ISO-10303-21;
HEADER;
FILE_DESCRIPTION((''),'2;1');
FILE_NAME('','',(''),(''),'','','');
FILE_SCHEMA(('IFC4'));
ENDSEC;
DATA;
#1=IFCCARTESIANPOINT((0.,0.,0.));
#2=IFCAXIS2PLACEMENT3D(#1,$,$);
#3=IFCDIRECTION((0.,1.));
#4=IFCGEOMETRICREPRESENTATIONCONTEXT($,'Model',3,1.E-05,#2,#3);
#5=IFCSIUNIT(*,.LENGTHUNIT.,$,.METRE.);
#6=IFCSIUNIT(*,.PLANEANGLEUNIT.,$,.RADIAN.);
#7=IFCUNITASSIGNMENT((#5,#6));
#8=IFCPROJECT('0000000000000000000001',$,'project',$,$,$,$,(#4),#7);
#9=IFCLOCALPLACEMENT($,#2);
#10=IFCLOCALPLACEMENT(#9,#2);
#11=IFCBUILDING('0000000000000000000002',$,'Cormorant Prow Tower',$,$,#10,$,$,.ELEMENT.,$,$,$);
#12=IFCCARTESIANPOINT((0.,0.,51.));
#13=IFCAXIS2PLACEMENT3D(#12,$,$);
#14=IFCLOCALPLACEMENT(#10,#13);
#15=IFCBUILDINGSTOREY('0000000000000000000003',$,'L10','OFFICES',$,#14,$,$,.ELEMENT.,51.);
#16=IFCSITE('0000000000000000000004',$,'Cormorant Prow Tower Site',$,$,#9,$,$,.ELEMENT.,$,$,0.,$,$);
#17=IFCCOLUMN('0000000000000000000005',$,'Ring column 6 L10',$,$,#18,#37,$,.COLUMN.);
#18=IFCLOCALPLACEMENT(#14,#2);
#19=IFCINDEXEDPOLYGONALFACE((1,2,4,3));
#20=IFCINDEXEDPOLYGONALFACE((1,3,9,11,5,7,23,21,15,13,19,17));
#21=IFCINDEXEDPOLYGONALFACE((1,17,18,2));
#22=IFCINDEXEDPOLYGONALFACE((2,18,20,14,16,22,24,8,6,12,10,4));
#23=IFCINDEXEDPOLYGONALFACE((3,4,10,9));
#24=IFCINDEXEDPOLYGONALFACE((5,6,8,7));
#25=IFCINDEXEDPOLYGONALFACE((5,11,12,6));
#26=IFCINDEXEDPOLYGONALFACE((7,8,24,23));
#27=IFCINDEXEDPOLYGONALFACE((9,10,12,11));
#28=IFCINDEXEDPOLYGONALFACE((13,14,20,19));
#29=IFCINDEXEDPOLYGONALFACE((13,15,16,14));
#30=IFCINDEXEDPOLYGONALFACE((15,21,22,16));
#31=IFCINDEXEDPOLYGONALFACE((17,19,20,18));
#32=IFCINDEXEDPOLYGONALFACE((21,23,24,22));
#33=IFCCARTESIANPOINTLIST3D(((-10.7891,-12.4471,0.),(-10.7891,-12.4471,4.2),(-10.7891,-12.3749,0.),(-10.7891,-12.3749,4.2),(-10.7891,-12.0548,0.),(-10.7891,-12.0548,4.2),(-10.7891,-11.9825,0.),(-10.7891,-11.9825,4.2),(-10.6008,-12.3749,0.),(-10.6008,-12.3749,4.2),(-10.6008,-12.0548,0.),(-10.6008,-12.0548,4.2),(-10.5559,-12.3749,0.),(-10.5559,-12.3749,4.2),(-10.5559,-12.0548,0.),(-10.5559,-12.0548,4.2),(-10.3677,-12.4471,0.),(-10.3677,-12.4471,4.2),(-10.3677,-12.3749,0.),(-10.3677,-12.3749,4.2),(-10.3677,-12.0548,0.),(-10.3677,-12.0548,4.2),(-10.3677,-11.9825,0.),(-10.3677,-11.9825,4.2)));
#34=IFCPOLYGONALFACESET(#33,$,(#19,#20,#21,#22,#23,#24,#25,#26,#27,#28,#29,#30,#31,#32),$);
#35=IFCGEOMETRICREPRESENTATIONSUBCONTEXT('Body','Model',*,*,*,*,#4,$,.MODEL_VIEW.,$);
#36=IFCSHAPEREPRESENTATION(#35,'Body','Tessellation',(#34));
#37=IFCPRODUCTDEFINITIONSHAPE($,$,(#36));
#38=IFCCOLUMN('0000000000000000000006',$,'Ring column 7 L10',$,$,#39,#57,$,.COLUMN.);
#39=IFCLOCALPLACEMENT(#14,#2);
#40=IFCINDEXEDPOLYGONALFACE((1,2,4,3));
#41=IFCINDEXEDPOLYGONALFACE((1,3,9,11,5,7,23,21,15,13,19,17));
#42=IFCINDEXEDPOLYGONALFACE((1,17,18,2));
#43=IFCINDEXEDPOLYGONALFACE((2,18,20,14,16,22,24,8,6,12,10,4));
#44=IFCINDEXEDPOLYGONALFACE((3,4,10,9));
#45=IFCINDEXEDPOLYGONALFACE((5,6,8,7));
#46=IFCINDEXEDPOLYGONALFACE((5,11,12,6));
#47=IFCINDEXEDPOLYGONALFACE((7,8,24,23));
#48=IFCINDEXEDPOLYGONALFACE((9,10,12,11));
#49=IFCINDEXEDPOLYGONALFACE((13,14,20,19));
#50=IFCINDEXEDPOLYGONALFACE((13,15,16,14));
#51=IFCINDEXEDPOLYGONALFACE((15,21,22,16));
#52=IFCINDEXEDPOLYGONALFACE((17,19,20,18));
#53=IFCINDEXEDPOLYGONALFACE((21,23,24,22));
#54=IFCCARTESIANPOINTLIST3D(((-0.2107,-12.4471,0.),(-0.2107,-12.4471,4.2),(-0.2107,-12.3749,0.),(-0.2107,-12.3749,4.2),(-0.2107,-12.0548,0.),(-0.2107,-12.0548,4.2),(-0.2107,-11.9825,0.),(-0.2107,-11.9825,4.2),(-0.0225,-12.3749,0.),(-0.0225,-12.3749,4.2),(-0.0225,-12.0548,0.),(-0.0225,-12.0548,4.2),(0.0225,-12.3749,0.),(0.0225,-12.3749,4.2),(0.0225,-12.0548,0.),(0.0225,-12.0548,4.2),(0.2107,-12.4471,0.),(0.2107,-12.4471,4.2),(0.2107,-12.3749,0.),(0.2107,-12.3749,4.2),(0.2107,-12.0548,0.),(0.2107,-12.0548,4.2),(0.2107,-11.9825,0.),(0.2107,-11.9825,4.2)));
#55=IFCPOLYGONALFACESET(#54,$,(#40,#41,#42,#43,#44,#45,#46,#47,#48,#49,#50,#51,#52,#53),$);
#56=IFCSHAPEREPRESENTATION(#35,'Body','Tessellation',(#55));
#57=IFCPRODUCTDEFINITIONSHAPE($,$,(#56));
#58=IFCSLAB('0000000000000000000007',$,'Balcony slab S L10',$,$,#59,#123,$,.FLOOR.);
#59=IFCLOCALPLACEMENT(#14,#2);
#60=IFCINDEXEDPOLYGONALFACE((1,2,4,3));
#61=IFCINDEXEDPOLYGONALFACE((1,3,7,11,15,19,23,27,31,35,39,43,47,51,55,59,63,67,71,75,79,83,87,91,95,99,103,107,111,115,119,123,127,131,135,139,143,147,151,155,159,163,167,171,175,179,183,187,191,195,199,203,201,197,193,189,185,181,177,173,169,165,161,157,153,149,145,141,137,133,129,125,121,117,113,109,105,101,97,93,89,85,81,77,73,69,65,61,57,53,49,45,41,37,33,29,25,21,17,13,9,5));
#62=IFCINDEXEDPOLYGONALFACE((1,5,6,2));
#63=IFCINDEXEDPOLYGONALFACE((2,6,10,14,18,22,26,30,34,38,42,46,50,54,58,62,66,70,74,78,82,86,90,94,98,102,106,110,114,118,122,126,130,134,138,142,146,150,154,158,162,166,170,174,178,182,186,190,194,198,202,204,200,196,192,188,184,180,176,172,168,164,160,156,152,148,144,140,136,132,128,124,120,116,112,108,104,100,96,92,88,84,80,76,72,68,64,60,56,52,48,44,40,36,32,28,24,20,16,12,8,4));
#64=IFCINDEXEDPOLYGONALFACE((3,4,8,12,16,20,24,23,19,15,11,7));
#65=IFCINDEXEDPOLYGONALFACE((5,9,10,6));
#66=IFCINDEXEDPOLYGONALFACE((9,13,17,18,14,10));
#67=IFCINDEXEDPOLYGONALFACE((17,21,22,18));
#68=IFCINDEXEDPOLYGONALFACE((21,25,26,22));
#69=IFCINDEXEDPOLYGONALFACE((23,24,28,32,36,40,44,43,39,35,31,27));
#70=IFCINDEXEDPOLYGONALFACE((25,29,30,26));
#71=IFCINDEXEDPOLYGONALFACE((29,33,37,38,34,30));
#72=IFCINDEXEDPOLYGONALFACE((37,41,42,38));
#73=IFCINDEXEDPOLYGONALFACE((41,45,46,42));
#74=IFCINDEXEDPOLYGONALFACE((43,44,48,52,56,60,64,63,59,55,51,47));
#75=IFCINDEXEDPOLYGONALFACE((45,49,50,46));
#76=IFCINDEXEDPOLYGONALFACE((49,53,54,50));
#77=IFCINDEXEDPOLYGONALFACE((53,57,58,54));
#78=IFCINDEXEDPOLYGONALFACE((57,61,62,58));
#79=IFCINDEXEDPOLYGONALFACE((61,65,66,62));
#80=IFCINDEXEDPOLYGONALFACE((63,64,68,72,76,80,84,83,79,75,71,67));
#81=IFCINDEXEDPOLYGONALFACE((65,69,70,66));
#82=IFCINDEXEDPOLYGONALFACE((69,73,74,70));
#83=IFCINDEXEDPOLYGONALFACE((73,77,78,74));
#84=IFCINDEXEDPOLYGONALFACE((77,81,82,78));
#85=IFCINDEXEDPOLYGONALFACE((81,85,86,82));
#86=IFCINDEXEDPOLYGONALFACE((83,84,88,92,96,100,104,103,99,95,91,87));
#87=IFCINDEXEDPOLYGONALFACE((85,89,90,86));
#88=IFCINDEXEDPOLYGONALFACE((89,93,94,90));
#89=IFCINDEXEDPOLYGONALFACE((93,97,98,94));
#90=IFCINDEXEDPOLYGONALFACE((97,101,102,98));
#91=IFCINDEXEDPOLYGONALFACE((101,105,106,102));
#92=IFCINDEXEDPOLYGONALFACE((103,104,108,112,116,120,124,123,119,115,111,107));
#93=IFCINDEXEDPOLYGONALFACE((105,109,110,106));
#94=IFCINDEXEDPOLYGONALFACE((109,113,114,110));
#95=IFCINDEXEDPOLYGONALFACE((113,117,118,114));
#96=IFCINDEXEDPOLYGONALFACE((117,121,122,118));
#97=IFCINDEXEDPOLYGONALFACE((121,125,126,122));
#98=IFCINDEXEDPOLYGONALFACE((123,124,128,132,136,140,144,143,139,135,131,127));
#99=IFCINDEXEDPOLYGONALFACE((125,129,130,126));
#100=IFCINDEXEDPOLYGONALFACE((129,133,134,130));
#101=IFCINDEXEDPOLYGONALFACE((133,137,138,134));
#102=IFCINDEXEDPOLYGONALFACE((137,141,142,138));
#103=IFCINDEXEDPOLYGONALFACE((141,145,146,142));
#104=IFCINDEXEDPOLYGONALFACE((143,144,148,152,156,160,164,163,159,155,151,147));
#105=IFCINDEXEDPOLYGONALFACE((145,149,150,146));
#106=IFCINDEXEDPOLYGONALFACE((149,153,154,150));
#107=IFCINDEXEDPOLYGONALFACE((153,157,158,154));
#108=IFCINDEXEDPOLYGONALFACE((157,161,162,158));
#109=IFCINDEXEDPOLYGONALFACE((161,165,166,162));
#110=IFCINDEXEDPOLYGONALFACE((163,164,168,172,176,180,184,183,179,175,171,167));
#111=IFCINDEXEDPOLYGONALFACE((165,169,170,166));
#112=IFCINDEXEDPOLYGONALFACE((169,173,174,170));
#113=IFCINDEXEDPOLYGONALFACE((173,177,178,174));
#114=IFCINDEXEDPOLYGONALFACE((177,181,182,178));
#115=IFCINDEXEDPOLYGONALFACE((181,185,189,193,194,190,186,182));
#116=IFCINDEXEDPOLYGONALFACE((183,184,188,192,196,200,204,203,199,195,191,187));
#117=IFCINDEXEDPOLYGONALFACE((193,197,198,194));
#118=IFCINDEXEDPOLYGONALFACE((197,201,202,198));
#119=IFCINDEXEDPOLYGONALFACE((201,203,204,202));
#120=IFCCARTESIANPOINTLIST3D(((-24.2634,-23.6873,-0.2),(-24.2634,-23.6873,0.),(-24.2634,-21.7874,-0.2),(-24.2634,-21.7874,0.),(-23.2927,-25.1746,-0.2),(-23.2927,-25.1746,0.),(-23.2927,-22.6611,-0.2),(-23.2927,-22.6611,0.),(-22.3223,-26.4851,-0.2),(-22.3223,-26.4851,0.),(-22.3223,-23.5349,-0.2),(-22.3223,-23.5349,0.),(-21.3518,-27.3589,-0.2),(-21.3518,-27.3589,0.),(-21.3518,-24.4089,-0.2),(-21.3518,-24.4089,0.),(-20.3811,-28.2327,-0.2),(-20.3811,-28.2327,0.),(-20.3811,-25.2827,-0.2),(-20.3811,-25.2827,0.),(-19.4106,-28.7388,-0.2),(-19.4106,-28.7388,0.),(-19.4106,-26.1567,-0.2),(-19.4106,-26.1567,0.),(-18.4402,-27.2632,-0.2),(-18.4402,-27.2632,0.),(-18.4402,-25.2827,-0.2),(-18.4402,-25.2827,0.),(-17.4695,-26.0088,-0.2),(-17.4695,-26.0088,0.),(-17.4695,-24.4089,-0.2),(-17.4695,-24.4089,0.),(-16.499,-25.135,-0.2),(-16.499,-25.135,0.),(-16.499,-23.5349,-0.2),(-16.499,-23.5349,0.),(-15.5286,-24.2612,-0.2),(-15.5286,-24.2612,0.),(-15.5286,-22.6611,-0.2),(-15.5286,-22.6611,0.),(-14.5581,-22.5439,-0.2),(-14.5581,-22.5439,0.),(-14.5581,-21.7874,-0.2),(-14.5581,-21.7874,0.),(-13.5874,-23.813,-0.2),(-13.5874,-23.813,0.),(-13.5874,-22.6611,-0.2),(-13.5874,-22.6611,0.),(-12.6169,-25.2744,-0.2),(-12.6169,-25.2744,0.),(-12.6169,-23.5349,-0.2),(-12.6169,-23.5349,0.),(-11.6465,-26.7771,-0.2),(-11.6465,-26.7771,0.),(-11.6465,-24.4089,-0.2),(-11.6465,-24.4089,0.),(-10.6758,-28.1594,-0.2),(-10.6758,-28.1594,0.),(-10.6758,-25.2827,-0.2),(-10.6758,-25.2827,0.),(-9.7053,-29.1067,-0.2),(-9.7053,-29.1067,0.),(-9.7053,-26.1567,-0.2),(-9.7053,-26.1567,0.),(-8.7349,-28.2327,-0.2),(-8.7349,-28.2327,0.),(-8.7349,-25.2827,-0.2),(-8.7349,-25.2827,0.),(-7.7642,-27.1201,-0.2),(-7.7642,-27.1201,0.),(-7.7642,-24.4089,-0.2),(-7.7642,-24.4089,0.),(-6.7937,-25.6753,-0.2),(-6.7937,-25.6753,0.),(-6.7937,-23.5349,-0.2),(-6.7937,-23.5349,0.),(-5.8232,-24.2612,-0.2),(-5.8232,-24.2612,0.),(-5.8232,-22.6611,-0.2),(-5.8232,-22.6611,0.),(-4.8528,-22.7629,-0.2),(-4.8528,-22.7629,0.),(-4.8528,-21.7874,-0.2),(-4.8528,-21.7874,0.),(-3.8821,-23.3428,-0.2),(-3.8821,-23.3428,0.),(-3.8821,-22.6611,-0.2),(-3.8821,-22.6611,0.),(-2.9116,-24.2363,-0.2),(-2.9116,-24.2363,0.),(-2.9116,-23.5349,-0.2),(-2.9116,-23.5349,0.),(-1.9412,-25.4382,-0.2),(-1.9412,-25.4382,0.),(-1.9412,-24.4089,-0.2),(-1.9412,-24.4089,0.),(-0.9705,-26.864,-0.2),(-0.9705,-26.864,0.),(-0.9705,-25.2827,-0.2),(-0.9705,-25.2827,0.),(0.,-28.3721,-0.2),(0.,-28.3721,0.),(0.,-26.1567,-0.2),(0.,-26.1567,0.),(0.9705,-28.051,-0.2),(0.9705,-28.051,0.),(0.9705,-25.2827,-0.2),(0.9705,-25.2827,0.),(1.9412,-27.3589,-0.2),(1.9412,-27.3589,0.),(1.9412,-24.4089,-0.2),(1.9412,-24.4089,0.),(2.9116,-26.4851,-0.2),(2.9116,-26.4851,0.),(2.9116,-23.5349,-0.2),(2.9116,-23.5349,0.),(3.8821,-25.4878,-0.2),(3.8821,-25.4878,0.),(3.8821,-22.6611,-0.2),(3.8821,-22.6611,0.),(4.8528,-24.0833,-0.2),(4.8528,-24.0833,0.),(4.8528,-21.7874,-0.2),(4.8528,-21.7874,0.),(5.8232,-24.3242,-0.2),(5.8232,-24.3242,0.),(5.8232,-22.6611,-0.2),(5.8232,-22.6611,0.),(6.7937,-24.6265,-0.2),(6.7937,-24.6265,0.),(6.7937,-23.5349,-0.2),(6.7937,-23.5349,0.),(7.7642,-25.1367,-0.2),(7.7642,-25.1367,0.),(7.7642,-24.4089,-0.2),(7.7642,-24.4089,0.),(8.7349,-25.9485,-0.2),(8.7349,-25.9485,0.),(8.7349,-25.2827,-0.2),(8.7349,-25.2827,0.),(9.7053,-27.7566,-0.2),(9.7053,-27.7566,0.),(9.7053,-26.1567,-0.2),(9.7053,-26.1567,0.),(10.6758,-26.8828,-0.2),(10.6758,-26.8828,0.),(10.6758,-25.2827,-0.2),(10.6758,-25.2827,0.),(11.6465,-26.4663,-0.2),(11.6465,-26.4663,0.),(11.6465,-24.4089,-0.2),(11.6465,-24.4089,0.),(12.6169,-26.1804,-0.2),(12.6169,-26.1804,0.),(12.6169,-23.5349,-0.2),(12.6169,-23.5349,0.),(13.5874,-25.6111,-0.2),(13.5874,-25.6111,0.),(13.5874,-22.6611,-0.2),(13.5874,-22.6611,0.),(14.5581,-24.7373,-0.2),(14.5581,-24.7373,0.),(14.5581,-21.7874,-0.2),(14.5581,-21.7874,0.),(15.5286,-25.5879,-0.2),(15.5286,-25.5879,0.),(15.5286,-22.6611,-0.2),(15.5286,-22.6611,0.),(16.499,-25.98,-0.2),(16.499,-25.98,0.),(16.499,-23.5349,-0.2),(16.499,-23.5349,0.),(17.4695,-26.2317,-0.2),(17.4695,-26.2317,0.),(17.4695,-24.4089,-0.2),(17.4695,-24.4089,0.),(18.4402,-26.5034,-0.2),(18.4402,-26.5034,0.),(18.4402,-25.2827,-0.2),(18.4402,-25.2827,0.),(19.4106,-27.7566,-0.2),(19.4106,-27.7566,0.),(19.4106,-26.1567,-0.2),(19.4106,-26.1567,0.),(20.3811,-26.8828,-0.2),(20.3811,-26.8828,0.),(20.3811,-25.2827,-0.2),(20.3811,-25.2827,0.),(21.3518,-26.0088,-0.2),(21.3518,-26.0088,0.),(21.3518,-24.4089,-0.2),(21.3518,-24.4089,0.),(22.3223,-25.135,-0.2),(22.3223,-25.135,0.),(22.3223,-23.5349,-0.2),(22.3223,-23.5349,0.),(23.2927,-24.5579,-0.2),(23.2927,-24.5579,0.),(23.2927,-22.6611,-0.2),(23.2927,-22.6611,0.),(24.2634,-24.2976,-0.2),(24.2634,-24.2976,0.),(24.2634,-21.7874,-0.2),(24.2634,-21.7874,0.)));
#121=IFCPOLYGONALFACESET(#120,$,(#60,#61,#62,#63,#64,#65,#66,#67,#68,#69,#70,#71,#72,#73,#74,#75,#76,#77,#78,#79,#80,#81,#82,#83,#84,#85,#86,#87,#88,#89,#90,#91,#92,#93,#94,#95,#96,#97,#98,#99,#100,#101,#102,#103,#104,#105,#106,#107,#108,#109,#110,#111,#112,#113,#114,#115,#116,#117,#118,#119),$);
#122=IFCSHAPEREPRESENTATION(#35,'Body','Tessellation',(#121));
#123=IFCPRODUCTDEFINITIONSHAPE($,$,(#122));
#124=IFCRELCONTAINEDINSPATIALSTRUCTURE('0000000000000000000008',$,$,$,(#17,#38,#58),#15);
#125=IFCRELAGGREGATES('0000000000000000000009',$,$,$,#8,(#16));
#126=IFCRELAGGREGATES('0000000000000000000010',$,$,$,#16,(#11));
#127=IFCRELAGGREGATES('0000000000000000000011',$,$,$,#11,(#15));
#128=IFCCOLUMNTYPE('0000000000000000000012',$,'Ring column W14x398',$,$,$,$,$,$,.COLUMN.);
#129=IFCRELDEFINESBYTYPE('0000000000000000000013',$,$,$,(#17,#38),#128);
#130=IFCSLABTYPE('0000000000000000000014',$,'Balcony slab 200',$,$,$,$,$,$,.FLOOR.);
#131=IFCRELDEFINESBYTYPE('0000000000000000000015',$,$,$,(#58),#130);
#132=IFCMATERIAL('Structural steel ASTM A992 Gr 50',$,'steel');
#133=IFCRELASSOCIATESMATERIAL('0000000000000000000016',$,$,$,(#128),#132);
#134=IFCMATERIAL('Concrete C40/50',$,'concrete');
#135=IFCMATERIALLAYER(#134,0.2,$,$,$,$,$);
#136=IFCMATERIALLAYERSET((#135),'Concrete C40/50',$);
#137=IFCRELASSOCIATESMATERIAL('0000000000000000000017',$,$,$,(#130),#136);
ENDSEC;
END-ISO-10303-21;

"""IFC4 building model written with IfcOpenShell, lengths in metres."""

from ifc_helpers import new_model, si_unit, direction, frame, origin, origin_2d, place, context, subcontext, project, spatial, polyline, i_section, outline, extrude, material, layer, layer_set, material_profile, profile_set, type_object, element, save


model = new_model("IFC4")

# Units and contexts
model_context = context("Model", 3, precision=1e-05, world=origin(), true_north=direction((0.0, 1.0)))
body_context = subcontext(model_context, "Body", "Model", "MODEL_VIEW")
ifc_project = project(units=[si_unit("LENGTHUNIT", "METRE"), si_unit("PLANEANGLEUNIT", "RADIAN")], contexts=[model_context])

# Site, building, storey
site_placement = place(None, origin())
site = spatial("IfcSite", under=ifc_project, at=site_placement, Name="Cormorant Prow Tower Site", CompositionType="ELEMENT", RefElevation=0.0)
building_placement = place(site_placement, origin())
building = spatial("IfcBuilding", under=site, at=building_placement, Name="Cormorant Prow Tower", CompositionType="ELEMENT")
storey_placement = place(building_placement, frame((0.0, 0.0, 51.0)))
storey = spatial("IfcBuildingStorey", under=building, at=storey_placement, Name="L10", Description="OFFICES", CompositionType="ELEMENT", Elevation=51.0)

# Columns
ifc_material_1 = material(Name="Structural steel ASTM A992 Gr 50", Category="steel")
ifc_material_profile = material_profile(ifc_material_1, i_section(OverallWidth=0.4214, OverallDepth=0.4646, WebThickness=0.0449, FlangeThickness=0.0723, at=origin_2d()), Name="W14x398")
ifc_profile_set = profile_set([ifc_material_profile], Name="Structural steel ASTM A992 Gr 50")
column_type = type_object("IfcColumnType", Name="Ring column W14x398", PredefinedType="COLUMN", material=ifc_profile_set)
for number, where, z_axis, x_axis, name in (
    (1, (-10.5784, -12.2148, 0.0), (0.0, 0.0, 1.0), (1.0, 0.0, 0.0), "Ring column 6 L10"),
    (2, (0.0, -12.2148, 0.0), (0.0, 0.0, 1.0), (1.0, 0.0, 0.0), "Ring column 7 L10"),
):
    element("IfcColumn", number, at=place(storey_placement, frame(where, z_axis=z_axis, x_axis=x_axis)), inside=storey, type_object=column_type, Name=name, PredefinedType="COLUMN", context=body_context, shape_type="SweptSolid", body=[
        extrude(i_section(OverallWidth=0.4214, OverallDepth=0.4646, WebThickness=0.0449, FlangeThickness=0.0723, at=origin_2d()), origin(), (0.0, 0.0, 1.0), 4.2),
    ])

# Slab
ifc_material_2 = material(Name="Concrete C40/50", Category="concrete")
ifc_layer_1 = layer(ifc_material_2, 0.2)
ifc_layer_set_1 = layer_set([ifc_layer_1], Name="Concrete C40/50")
slab_type_1 = type_object("IfcSlabType", Name="Balcony slab 200", PredefinedType="FLOOR", material=ifc_layer_set_1)
slab_1_placement = place(storey_placement, frame((0.0, 0.0, -0.2)))
element("IfcSlab", 3, at=slab_1_placement, inside=storey, type_object=slab_type_1, Name="Balcony slab S L10", PredefinedType="FLOOR", context=body_context, shape_type="SweptSolid", body=[
    extrude(outline(polyline([(-24.2634, -21.7874), (-24.2634, -23.6873), (-23.2927, -25.1746), (-22.3223, -26.4851), (-21.3518, -27.3589), (-20.3811, -28.2327), (-19.4106, -28.7388), (-18.4402, -27.2632), (-17.4695, -26.0088), (-16.499, -25.135), (-15.5286, -24.2612), (-14.5581, -22.5439), (-13.5874, -23.813), (-12.6169, -25.2744), (-11.6465, -26.7771), (-10.6758, -28.1594), (-9.7053, -29.1067), (-8.7349, -28.2327), (-7.7642, -27.1201), (-6.7937, -25.6753), (-5.8232, -24.2612), (-4.8528, -22.7629), (-3.8821, -23.3428), (-2.9116, -24.2363), (-1.9412, -25.4382), (-0.9705, -26.864), (0.0, -28.3721), (0.9705, -28.051), (1.9412, -27.3589), (2.9116, -26.4851), (3.8821, -25.4878), (4.8528, -24.0833), (5.8232, -24.3242), (6.7937, -24.6265), (7.7642, -25.1367), (8.7349, -25.9485), (9.7053, -27.7566), (10.6758, -26.8828), (11.6465, -26.4663), (12.6169, -26.1804), (13.5874, -25.6111), (14.5581, -24.7373), (15.5286, -25.5879), (16.499, -25.98), (17.4695, -26.2317), (18.4402, -26.5034), (19.4106, -27.7566), (20.3811, -26.8828), (21.3518, -26.0088), (22.3223, -25.135), (23.2927, -24.5579), (24.2634, -24.2976), (24.2634, -21.7874), (23.2927, -22.6611), (22.3223, -23.5349), (21.3518, -24.4089), (20.3811, -25.2827), (19.4106, -26.1567), (18.4402, -25.2827), (17.4695, -24.4089), (16.499, -23.5349), (15.5286, -22.6611), (14.5581, -21.7874), (13.5874, -22.6611), (12.6169, -23.5349), (11.6465, -24.4089), (10.6758, -25.2827), (9.7053, -26.1567), (8.7349, -25.2827), (7.7642, -24.4089), (6.7937, -23.5349), (5.8232, -22.6611), (4.8528, -21.7874), (3.8821, -22.6611), (2.9116, -23.5349), (1.9412, -24.4089), (0.9705, -25.2827), (0.0, -26.1567), (-0.9705, -25.2827), (-1.9412, -24.4089), (-2.9116, -23.5349), (-3.8821, -22.6611), (-4.8528, -21.7874), (-5.8232, -22.6611), (-6.7937, -23.5349), (-7.7642, -24.4089), (-8.7349, -25.2827), (-9.7053, -26.1567), (-10.6758, -25.2827), (-11.6465, -24.4089), (-12.6169, -23.5349), (-13.5874, -22.6611), (-14.5581, -21.7874), (-15.5286, -22.6611), (-16.499, -23.5349), (-17.4695, -24.4089), (-18.4402, -25.2827), (-19.4106, -26.1567), (-20.3811, -25.2827), (-21.3518, -24.4089), (-22.3223, -23.5349), (-23.2927, -22.6611), (-24.2634, -21.7874)])), origin(), (0.0, 0.0, 1.0), 0.2),
])

save(model, "model.ifc")
